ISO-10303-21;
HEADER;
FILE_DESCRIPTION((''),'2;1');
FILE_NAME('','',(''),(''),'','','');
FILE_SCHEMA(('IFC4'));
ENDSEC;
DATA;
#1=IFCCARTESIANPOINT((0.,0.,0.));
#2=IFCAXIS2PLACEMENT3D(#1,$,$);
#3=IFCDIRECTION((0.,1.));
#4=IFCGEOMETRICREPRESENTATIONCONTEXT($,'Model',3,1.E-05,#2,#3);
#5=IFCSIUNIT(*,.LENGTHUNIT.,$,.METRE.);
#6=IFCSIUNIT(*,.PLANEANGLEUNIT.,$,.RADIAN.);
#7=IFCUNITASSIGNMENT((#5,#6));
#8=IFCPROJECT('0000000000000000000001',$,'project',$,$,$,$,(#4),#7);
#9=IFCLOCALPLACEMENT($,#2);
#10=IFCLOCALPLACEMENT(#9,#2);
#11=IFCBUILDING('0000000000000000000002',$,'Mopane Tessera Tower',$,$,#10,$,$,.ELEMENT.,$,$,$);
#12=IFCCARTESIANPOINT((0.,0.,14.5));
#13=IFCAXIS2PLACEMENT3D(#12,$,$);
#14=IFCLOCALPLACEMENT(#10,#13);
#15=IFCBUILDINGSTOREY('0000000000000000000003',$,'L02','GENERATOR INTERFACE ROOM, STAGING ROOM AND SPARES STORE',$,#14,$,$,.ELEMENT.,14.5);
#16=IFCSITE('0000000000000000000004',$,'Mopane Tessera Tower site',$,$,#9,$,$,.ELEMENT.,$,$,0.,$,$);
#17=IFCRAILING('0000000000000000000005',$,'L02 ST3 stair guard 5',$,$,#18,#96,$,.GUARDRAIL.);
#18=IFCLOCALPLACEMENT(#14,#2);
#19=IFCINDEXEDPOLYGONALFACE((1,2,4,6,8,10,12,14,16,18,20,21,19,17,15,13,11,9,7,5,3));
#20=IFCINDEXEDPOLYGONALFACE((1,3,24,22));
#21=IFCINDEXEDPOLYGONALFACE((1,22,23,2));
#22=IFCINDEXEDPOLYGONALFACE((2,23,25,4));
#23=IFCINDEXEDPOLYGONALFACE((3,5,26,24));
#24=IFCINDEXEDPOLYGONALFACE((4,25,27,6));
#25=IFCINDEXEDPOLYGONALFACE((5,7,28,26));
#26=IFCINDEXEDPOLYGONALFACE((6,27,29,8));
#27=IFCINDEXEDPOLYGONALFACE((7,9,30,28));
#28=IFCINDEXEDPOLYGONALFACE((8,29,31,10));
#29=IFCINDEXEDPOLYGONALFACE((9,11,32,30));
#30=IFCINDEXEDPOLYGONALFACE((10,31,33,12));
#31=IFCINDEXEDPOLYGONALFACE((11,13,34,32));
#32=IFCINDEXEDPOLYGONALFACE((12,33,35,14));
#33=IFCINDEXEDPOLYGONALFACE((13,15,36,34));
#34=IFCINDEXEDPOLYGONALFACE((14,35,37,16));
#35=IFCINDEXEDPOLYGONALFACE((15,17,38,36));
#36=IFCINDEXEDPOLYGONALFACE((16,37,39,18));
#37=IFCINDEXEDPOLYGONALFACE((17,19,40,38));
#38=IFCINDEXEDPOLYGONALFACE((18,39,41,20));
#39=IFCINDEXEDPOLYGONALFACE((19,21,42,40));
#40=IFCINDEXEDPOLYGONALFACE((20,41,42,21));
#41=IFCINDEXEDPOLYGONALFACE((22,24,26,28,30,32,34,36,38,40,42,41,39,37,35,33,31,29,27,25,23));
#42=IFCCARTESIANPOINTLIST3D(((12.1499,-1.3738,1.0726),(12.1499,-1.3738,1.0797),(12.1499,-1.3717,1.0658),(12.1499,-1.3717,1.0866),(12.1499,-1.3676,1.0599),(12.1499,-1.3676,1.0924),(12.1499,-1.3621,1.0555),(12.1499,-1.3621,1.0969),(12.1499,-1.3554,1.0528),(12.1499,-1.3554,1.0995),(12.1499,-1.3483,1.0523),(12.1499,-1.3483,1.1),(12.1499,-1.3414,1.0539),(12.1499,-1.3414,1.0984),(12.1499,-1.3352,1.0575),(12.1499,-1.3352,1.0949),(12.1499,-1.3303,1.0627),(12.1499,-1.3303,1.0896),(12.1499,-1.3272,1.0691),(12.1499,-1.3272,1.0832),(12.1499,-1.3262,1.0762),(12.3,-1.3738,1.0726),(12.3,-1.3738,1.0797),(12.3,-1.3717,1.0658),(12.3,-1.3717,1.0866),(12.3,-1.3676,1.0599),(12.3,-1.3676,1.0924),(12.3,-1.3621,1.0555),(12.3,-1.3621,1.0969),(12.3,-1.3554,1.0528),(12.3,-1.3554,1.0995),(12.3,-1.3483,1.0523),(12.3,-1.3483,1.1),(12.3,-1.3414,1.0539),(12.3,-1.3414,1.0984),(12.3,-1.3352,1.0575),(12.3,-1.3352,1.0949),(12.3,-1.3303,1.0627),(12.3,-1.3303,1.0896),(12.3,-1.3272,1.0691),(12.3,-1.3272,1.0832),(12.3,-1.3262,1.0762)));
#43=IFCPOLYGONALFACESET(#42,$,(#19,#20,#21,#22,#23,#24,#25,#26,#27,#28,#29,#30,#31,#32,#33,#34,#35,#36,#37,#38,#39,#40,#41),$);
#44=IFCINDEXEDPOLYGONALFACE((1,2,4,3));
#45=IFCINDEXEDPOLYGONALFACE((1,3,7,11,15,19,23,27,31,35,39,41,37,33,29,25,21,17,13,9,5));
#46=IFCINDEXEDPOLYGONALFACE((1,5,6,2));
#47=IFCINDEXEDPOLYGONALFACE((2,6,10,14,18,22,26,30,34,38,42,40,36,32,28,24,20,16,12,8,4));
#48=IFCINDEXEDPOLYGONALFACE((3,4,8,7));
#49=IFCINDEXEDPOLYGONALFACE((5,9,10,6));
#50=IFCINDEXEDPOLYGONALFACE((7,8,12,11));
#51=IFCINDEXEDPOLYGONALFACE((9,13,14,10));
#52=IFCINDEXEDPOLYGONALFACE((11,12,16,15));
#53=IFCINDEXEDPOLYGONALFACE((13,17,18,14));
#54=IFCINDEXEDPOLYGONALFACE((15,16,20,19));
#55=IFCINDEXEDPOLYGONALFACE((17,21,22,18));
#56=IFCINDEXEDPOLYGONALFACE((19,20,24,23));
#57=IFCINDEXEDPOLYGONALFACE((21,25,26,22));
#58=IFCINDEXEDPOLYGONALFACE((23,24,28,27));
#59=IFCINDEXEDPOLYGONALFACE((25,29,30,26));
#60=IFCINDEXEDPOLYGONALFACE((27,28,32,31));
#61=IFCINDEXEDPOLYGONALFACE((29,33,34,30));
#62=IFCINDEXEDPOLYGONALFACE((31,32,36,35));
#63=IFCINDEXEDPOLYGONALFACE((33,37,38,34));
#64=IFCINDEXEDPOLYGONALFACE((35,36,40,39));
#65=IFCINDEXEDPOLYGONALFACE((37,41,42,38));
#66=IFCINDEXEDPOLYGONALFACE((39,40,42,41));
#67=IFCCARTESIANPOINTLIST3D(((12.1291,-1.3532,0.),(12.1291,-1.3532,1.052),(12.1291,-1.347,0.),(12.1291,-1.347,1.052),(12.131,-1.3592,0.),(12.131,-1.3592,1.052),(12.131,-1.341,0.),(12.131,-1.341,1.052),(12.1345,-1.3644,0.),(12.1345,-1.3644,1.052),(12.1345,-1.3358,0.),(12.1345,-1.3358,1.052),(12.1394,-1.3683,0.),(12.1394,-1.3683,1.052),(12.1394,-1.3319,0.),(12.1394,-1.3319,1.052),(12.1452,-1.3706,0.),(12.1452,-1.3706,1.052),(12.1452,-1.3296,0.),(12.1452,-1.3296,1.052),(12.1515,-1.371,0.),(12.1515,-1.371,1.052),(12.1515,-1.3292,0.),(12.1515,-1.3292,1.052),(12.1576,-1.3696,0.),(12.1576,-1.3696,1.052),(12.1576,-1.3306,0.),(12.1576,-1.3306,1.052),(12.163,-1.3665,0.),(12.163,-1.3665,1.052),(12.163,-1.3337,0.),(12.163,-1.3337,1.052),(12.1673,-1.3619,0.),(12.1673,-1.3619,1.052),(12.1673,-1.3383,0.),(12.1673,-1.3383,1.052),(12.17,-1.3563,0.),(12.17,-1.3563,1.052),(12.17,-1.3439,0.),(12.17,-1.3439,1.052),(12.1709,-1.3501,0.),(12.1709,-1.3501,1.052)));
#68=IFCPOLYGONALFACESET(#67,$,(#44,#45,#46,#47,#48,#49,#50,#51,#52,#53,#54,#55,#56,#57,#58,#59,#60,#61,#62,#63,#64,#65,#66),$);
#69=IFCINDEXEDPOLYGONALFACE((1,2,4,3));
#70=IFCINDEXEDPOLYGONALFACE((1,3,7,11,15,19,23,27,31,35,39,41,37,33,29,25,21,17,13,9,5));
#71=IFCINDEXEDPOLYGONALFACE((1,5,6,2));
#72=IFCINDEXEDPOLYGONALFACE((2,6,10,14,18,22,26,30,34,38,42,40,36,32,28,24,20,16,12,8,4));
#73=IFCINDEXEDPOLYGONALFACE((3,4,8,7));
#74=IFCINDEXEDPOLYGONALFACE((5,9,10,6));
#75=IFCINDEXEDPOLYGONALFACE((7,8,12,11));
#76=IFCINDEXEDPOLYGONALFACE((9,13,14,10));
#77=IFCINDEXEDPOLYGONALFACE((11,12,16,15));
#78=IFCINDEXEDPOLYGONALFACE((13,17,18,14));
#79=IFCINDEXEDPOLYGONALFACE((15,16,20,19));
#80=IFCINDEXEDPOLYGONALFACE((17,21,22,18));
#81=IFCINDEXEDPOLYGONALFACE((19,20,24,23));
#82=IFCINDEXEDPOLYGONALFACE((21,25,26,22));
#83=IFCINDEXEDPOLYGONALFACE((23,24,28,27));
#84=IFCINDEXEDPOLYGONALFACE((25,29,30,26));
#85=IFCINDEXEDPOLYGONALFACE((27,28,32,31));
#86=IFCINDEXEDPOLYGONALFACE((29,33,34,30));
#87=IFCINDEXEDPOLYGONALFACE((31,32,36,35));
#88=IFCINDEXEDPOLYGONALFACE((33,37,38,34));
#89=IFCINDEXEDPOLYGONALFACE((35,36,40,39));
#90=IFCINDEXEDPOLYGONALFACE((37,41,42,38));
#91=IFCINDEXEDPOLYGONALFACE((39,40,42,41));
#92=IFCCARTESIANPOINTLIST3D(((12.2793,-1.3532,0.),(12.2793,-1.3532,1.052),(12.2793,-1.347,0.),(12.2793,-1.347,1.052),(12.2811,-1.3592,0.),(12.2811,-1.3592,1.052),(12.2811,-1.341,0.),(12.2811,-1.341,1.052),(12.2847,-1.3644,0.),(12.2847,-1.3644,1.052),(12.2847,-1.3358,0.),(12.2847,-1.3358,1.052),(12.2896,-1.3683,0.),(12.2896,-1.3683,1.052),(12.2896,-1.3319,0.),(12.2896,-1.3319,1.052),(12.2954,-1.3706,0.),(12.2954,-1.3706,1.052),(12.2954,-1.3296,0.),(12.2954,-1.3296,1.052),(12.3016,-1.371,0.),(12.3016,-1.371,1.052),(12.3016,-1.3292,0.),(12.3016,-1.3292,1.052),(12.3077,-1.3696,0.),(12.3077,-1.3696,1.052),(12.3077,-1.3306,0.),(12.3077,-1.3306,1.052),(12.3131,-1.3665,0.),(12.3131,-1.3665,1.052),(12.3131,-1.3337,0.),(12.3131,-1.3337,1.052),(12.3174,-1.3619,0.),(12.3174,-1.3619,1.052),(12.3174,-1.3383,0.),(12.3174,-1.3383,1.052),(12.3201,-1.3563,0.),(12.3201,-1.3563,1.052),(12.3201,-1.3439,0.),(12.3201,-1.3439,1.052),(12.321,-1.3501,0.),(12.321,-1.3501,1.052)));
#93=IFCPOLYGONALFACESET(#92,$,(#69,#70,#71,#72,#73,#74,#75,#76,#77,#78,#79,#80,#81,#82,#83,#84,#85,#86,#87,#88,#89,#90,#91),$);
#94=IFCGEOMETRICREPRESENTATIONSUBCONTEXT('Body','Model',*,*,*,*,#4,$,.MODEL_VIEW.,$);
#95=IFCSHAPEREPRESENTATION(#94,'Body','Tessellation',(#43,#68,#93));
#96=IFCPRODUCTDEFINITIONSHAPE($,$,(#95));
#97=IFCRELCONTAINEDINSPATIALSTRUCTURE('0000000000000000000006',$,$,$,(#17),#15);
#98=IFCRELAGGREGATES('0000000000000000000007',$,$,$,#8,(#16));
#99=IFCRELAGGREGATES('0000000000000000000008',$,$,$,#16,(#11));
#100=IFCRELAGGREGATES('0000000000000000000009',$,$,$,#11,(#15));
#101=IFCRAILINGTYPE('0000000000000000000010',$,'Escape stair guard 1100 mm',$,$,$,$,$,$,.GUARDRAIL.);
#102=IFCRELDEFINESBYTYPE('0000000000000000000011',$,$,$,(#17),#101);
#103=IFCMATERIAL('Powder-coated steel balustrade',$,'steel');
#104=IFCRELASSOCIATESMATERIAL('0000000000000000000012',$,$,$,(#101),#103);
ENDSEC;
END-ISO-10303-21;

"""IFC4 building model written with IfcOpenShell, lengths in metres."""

from ifc_helpers import new_model, si_unit, direction, frame, origin, origin_2d, place, context, subcontext, project, spatial, circle, extrude, material, type_object, element, save


model = new_model("IFC4")

# Units and contexts
model_context = context("Model", 3, precision=1e-05, world=origin(), true_north=direction((0.0, 1.0)))
body_context = subcontext(model_context, "Body", "Model", "MODEL_VIEW")
ifc_project = project(units=[si_unit("LENGTHUNIT", "METRE"), si_unit("PLANEANGLEUNIT", "RADIAN")], contexts=[model_context])

# Site, building, storey
site_placement = place(None, origin())
site = spatial("IfcSite", under=ifc_project, at=site_placement, Name="Mopane Tessera Tower site", CompositionType="ELEMENT", RefElevation=0.0)
building_placement = place(site_placement, origin())
building = spatial("IfcBuilding", under=site, at=building_placement, Name="Mopane Tessera Tower", CompositionType="ELEMENT")
storey_placement = place(building_placement, frame((0.0, 0.0, 14.5)))
storey = spatial("IfcBuildingStorey", under=building, at=storey_placement, Name="L02", Description="GENERATOR INTERFACE ROOM, STAGING ROOM AND SPARES STORE", CompositionType="ELEMENT", Elevation=14.5)

# Railing
ifc_material_1 = material(Name="Powder-coated steel balustrade", Category="steel")
railing_type_1 = type_object("IfcRailingType", Name="Escape stair guard 1100 mm", PredefinedType="GUARDRAIL", material=ifc_material_1)
railing_1_placement = place(storey_placement, frame((12.1499, -1.3501, 0.0)))
element("IfcRailing", 1, at=railing_1_placement, inside=storey, type_object=railing_type_1, Name="L02 ST3 stair guard 5", PredefinedType="GUARDRAIL", context=body_context, shape_type="SweptSolid", body=[
    extrude(circle(Radius=0.0239, at=origin_2d()), frame((0.0, 0.0, 1.0762), z_axis=(1.0, 0.0, 0.0), x_axis=(0.0, 1.0, 0.0)), (0.0, 0.0, 1.0), 0.1501),
    extrude(circle(Radius=0.021, at=origin_2d()), origin(), (0.0, 0.0, 1.0), 1.052),
    extrude(circle(Radius=0.021, at=origin_2d()), frame((0.1501, 0.0, 0.0)), (0.0, 0.0, 1.0), 1.052),
])

save(model, "model.ifc")
